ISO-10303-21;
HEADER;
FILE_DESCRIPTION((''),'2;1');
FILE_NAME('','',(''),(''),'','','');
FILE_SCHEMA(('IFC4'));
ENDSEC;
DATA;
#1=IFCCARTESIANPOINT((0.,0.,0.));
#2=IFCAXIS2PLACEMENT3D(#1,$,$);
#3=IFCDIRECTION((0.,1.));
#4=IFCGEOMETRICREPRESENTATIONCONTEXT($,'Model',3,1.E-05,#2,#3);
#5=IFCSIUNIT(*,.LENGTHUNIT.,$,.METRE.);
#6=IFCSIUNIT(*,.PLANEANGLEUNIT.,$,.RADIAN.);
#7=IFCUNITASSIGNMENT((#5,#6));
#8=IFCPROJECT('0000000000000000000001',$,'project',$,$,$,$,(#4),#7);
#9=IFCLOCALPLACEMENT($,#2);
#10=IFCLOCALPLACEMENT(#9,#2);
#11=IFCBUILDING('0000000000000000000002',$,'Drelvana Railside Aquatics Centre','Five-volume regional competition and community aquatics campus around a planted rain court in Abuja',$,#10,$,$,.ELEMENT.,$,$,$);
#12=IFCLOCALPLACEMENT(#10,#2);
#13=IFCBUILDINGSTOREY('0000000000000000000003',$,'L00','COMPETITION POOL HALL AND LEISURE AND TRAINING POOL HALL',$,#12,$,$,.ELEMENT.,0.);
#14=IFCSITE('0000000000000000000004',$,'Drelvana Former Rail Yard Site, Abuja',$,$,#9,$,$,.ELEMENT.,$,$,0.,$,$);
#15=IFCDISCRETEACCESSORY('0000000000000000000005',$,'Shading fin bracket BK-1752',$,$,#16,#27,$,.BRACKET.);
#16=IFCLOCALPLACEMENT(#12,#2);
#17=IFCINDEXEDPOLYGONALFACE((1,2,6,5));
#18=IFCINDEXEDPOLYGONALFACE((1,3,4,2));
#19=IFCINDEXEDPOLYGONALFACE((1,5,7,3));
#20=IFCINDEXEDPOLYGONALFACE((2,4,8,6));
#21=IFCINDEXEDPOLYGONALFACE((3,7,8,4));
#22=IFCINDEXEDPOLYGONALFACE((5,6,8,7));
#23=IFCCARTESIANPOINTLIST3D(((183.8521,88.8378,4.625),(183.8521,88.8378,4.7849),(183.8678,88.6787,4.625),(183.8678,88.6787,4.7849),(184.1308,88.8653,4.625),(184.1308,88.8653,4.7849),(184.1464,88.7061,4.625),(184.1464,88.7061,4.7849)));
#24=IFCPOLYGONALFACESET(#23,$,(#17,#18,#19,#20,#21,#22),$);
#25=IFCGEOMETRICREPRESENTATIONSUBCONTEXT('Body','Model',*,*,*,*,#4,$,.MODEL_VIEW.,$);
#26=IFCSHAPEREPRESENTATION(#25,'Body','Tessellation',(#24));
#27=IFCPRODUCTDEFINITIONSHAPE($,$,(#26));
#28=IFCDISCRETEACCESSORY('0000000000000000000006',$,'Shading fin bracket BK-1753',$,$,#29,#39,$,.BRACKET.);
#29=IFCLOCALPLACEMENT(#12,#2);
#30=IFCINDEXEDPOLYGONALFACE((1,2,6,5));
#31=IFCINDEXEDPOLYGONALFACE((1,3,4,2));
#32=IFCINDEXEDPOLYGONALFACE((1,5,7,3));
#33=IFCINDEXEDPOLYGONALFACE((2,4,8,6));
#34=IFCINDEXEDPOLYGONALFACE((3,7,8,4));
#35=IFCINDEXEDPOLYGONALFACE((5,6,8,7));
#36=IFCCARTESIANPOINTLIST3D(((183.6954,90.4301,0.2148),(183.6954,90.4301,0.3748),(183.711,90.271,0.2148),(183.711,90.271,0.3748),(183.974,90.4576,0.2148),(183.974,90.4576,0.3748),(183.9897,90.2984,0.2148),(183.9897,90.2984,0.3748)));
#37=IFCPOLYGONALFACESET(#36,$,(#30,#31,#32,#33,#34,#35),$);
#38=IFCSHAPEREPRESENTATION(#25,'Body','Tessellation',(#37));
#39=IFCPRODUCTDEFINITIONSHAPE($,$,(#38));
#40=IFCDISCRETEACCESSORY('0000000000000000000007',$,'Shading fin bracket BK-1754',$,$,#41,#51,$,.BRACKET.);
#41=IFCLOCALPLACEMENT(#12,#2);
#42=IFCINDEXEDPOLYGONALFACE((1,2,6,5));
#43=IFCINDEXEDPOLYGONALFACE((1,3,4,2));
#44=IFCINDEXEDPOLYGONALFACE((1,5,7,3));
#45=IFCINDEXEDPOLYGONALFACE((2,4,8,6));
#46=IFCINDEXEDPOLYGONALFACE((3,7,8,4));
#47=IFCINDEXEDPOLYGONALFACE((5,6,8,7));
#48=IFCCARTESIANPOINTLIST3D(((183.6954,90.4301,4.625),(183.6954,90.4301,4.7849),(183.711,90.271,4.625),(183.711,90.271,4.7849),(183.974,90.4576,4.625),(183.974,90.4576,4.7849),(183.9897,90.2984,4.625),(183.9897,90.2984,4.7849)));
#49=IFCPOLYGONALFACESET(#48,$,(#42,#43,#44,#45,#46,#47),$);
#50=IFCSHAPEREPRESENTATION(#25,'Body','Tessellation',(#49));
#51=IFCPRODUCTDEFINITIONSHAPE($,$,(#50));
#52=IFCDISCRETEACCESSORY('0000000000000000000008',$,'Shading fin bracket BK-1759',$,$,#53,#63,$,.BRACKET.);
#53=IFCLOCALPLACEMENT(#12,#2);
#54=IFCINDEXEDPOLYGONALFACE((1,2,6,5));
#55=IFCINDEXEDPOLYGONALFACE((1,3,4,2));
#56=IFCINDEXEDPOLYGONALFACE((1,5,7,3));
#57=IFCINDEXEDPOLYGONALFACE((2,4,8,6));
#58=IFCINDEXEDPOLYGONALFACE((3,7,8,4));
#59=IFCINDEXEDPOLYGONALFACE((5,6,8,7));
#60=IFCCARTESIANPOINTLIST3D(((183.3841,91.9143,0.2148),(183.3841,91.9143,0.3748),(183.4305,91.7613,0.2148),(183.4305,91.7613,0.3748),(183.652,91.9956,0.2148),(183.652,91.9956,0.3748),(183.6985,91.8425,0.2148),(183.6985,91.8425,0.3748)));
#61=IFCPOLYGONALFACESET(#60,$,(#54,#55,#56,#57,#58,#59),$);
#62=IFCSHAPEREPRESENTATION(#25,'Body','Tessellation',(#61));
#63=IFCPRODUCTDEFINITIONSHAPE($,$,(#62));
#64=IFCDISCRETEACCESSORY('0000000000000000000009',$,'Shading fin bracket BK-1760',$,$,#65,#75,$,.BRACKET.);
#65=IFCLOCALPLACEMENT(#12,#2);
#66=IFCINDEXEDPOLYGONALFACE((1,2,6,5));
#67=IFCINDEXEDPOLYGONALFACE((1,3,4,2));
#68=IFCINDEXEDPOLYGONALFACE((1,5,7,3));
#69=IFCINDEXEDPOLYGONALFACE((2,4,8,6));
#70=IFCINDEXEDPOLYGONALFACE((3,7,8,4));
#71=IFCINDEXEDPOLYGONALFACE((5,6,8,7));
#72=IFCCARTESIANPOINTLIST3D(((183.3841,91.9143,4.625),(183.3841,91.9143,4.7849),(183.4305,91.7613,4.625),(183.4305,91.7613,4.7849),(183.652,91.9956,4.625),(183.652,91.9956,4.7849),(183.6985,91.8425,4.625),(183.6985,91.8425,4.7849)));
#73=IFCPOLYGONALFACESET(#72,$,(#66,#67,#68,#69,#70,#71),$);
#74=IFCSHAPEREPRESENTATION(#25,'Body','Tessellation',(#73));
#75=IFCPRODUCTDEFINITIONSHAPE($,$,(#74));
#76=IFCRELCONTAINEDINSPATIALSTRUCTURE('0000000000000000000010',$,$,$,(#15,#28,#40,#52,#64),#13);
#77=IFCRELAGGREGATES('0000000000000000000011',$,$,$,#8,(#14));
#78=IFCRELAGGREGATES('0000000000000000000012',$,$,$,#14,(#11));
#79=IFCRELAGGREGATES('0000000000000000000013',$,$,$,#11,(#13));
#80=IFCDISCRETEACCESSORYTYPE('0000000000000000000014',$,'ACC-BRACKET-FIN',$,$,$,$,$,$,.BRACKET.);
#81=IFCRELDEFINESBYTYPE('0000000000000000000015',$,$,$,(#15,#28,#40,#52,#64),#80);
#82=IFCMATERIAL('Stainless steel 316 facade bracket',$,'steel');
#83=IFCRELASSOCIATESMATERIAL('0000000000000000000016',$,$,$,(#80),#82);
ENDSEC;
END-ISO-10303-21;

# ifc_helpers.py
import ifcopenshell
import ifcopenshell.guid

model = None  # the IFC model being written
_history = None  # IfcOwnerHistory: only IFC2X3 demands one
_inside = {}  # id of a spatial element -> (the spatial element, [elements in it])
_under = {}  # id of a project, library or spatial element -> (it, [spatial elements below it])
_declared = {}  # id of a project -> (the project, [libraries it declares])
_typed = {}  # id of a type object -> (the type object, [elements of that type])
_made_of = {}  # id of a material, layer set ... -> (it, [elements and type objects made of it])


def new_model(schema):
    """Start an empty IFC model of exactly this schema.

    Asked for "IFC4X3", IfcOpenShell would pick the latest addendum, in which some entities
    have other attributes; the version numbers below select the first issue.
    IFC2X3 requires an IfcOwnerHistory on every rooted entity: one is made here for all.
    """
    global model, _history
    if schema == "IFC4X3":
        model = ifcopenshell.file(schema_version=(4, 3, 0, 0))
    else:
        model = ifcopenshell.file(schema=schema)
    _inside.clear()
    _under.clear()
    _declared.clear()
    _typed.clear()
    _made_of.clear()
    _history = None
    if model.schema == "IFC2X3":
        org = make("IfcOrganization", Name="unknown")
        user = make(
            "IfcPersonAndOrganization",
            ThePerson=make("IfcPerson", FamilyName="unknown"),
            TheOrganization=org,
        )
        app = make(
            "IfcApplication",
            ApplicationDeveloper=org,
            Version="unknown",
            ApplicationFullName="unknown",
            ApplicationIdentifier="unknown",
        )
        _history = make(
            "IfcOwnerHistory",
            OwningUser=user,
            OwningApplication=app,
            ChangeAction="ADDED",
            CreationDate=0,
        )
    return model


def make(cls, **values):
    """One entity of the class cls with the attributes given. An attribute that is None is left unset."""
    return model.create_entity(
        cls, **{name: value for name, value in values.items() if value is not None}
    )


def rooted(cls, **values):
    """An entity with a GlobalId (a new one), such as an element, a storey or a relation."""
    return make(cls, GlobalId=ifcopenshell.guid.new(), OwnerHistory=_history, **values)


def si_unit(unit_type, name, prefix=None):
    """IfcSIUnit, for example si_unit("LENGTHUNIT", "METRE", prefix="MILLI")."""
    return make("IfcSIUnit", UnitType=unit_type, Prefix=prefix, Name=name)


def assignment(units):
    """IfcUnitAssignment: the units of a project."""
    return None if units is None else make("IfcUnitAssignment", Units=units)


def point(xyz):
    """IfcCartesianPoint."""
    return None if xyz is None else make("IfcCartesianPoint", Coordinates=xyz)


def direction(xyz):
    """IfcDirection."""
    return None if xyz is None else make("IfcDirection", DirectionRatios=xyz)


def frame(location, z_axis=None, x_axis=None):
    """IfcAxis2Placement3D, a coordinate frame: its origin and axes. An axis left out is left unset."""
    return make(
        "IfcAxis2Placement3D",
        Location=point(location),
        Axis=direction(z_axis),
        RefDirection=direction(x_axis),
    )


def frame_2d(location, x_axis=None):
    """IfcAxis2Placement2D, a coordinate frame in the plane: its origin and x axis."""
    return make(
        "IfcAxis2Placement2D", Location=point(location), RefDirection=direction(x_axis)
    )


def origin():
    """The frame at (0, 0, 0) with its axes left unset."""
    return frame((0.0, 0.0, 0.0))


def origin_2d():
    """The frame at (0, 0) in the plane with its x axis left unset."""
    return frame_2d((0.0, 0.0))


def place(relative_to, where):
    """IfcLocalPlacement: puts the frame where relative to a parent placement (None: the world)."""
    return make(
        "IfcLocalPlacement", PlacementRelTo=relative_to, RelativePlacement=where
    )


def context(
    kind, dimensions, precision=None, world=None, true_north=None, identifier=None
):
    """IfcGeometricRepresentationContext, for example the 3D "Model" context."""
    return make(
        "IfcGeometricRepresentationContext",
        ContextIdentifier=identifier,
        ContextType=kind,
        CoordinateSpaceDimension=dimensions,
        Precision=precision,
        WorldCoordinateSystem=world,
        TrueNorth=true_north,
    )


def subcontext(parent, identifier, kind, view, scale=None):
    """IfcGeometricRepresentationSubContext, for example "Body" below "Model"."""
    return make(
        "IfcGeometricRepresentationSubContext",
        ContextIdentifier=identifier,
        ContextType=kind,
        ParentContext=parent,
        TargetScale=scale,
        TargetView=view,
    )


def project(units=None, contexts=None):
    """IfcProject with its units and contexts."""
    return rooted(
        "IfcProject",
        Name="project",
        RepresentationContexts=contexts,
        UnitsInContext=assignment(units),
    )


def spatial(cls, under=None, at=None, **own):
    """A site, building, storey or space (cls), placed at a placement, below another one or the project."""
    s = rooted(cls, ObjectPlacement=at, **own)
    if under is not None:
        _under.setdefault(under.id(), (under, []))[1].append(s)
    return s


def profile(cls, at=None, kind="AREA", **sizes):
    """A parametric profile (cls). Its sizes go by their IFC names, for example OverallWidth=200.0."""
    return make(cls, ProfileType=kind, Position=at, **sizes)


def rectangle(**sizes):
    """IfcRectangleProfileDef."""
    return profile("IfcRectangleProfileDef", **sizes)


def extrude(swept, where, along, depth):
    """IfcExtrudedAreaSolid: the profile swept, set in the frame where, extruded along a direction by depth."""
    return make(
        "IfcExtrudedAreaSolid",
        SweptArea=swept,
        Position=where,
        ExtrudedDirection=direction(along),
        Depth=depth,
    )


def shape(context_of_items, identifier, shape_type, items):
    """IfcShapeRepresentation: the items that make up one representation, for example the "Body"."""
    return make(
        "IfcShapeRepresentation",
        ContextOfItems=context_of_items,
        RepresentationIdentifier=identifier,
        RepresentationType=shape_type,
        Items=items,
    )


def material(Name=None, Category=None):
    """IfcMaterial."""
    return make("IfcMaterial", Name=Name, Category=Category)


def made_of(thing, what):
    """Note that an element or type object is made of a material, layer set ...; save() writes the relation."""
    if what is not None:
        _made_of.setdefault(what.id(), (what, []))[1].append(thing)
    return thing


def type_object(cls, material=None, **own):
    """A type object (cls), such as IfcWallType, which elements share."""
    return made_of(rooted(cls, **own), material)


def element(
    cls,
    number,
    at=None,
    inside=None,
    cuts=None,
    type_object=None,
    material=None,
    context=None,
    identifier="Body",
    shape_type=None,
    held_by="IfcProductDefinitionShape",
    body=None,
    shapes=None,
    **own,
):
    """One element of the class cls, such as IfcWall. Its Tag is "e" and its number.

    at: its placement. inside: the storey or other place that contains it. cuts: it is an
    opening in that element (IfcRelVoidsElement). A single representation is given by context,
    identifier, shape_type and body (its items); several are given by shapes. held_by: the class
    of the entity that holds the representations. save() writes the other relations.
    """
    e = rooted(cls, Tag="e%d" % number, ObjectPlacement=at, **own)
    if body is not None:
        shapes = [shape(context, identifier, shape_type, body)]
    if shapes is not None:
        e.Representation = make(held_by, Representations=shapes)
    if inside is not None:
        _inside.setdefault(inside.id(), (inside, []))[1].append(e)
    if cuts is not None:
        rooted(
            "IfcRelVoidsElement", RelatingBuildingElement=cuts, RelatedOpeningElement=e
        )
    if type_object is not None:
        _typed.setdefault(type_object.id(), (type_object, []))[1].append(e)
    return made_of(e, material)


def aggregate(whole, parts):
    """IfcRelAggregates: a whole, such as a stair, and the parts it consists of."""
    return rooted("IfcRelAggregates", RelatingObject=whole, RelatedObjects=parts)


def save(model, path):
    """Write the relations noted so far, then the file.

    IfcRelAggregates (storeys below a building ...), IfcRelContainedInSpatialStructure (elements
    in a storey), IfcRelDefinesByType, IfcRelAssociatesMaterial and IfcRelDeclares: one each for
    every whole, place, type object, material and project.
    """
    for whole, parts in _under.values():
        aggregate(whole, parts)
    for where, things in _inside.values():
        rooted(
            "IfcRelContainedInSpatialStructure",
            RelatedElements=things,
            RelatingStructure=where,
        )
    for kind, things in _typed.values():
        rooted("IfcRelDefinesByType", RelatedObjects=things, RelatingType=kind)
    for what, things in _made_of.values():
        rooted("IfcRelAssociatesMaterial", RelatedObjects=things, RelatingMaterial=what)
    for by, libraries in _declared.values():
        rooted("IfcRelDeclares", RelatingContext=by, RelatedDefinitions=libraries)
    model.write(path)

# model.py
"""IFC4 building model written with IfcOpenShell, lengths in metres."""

from ifc_helpers import new_model, si_unit, direction, frame, origin, origin_2d, place, context, subcontext, project, spatial, rectangle, extrude, material, type_object, element, save


model = new_model("IFC4")

# Units and contexts
model_context = context("Model", 3, precision=1e-05, world=origin(), true_north=direction((0.0, 1.0)))
body_context = subcontext(model_context, "Body", "Model", "MODEL_VIEW")
ifc_project = project(units=[si_unit("LENGTHUNIT", "METRE"), si_unit("PLANEANGLEUNIT", "RADIAN")], contexts=[model_context])

# Site, building, storey
site_placement = place(None, origin())
site = spatial("IfcSite", under=ifc_project, at=site_placement, Name="Drelvana Former Rail Yard Site, Abuja", CompositionType="ELEMENT", RefElevation=0.0)
building_placement = place(site_placement, origin())
building = spatial("IfcBuilding", under=site, at=building_placement, Name="Drelvana Railside Aquatics Centre", Description="Five-volume regional competition and community aquatics campus around a planted rain court in Abuja", CompositionType="ELEMENT")
storey_placement = place(building_placement, origin())
storey = spatial("IfcBuildingStorey", under=building, at=storey_placement, Name="L00", Description="COMPETITION POOL HALL AND LEISURE AND TRAINING POOL HALL", CompositionType="ELEMENT", Elevation=0.0)

# Discrete accessories
ifc_material_1 = material(Name="Stainless steel 316 facade bracket", Category="steel")
discrete_accessory_type = type_object("IfcDiscreteAccessoryType", Name="ACC-BRACKET-FIN", PredefinedType="BRACKET", material=ifc_material_1)
for number, where, z_axis, x_axis, name in (
    (1, (183.9993, 88.772, 4.625), (0.0, 0.0, 1.0), (0.995185, 0.098017, 0.0), "Shading fin bracket BK-1752"),
    (2, (183.8425, 90.3643, 0.2148), (0.0, 0.0, 1.0), (0.995185, 0.098017, 0.0), "Shading fin bracket BK-1753"),
    (3, (183.8425, 90.3643, 4.625), (0.0, 0.0, 1.0), (0.995185, 0.098017, 0.0), "Shading fin bracket BK-1754"),
    (4, (183.5413, 91.8784, 0.2148), (0.0, 0.0, 1.0), (0.95694, 0.290285, 0.0), "Shading fin bracket BK-1759"),
    (5, (183.5413, 91.8784, 4.625), (0.0, 0.0, 1.0), (0.95694, 0.290285, 0.0), "Shading fin bracket BK-1760"),
):
    element("IfcDiscreteAccessory", number, at=place(storey_placement, frame(where, z_axis=z_axis, x_axis=x_axis)), inside=storey, type_object=discrete_accessory_type, Name=name, PredefinedType="BRACKET", context=body_context, shape_type="SweptSolid", body=[
        extrude(rectangle(XDim=0.28, YDim=0.1599, at=origin_2d()), origin(), (0.0, 0.0, 1.0), 0.1599),
    ])

save(model, "model.ifc")
